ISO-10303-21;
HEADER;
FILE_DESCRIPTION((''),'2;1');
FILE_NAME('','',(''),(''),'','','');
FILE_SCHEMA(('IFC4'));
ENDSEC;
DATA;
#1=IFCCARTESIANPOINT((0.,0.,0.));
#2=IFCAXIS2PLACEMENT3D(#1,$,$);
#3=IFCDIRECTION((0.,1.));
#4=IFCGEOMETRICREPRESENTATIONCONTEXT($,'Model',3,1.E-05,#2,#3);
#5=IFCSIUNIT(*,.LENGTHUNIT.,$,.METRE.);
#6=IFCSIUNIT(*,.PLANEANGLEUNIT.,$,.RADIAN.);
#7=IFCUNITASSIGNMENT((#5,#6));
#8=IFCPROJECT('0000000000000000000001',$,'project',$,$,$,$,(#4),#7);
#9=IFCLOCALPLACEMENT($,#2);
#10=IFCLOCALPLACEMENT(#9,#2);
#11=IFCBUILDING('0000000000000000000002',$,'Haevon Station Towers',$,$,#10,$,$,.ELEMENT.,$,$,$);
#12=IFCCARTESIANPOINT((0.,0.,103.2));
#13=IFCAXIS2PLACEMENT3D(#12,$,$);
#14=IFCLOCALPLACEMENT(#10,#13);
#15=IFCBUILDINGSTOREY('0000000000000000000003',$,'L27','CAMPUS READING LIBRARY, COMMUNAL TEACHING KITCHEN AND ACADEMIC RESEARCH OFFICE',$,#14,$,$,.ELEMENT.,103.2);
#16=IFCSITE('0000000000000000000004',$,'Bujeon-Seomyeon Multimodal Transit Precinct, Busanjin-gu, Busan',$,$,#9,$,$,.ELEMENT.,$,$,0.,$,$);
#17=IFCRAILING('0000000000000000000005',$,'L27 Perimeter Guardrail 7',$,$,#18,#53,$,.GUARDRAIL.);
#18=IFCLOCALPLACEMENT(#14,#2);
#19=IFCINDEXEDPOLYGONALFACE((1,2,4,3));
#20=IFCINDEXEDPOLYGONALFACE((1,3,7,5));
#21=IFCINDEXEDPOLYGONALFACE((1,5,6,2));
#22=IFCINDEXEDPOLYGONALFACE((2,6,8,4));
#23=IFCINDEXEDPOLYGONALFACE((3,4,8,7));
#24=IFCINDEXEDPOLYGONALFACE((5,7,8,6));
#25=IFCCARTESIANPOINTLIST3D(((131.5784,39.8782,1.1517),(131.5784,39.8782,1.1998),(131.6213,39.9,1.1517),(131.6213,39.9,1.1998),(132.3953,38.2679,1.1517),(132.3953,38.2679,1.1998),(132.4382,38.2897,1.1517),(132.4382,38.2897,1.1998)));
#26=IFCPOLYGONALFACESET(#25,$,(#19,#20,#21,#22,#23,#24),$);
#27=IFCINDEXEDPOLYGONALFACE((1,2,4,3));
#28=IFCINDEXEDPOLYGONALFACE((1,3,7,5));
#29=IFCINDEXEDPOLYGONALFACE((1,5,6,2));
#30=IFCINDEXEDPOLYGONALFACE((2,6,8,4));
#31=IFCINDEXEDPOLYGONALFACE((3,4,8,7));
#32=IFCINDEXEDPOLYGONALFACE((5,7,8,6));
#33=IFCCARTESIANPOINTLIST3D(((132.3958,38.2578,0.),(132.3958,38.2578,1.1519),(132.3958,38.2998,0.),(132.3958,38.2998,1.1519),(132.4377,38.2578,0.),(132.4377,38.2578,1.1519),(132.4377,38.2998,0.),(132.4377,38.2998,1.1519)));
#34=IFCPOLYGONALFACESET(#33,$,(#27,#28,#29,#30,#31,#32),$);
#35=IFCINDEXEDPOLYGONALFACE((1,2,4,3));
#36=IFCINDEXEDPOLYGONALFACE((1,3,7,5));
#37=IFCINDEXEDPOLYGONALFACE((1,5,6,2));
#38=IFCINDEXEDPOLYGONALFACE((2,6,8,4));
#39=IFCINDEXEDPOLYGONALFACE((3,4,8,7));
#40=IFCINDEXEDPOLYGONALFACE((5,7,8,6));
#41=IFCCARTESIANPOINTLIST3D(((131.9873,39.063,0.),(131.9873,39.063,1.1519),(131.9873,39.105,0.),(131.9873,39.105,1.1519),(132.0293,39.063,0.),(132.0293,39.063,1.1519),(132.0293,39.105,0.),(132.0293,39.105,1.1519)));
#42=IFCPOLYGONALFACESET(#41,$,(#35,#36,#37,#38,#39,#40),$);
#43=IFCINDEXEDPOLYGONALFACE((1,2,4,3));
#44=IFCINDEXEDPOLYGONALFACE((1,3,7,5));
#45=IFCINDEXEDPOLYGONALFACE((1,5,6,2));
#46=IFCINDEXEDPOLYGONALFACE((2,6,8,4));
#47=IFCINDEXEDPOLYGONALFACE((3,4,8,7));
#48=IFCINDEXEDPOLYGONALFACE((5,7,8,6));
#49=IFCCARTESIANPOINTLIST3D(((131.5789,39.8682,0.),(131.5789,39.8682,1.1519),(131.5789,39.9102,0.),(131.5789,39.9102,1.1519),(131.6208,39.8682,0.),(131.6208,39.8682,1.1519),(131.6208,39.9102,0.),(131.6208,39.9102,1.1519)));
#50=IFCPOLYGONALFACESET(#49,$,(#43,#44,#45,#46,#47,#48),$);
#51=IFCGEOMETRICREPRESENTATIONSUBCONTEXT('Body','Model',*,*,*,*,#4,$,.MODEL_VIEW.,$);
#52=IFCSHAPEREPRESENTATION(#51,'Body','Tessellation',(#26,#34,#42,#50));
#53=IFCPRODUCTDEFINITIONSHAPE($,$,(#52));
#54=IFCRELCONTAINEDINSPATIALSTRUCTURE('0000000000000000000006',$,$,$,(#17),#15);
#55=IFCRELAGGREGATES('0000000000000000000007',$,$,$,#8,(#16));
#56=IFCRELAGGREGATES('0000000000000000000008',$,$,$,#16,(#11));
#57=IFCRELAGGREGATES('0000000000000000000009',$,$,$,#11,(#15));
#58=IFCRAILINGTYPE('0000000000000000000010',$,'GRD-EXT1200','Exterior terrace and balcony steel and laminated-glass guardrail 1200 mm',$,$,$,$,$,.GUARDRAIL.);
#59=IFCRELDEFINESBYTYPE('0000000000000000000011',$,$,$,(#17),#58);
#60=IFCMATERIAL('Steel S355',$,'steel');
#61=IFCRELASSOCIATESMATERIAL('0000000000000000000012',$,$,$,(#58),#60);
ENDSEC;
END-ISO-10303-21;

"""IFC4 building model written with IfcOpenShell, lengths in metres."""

from ifc_helpers import new_model, si_unit, direction, frame, origin, origin_2d, place, context, subcontext, project, spatial, rectangle, extrude, material, type_object, element, save


model = new_model("IFC4")

# Units and contexts
model_context = context("Model", 3, precision=1e-05, world=origin(), true_north=direction((0.0, 1.0)))
body_context = subcontext(model_context, "Body", "Model", "MODEL_VIEW")
ifc_project = project(units=[si_unit("LENGTHUNIT", "METRE"), si_unit("PLANEANGLEUNIT", "RADIAN")], contexts=[model_context])

# Site, building, storey
site_placement = place(None, origin())
site = spatial("IfcSite", under=ifc_project, at=site_placement, Name="Bujeon-Seomyeon Multimodal Transit Precinct, Busanjin-gu, Busan", CompositionType="ELEMENT", RefElevation=0.0)
building_placement = place(site_placement, origin())
building = spatial("IfcBuilding", under=site, at=building_placement, Name="Haevon Station Towers", CompositionType="ELEMENT")
storey_placement = place(building_placement, frame((0.0, 0.0, 103.2)))
storey = spatial("IfcBuildingStorey", under=building, at=storey_placement, Name="L27", Description="CAMPUS READING LIBRARY, COMMUNAL TEACHING KITCHEN AND ACADEMIC RESEARCH OFFICE", CompositionType="ELEMENT", Elevation=103.2)

# Shared definitions
ifc_material_1 = material(Name="Steel S355", Category="steel")

# Railing
railing_type = type_object("IfcRailingType", Name="GRD-EXT1200", Description="Exterior terrace and balcony steel and laminated-glass guardrail 1200 mm", PredefinedType="GUARDRAIL", material=ifc_material_1)
railing_1_placement = place(storey_placement, frame((132.4167, 38.2788, 0.0)))
element("IfcRailing", 1, at=railing_1_placement, inside=storey, type_object=railing_type, Name="L27 Perimeter Guardrail 7", PredefinedType="GUARDRAIL", context=body_context, shape_type="SweptSolid", body=[
    extrude(rectangle(XDim=0.0481, YDim=0.0481, at=origin_2d()), frame((0.0, 0.0, 1.1758), z_axis=(-0.452398, 0.891816, 0.0), x_axis=(-0.891816, -0.452398, 0.0)), (0.0, 0.0, 1.0), 1.8057),
    extrude(rectangle(XDim=0.042, YDim=0.042, at=origin_2d()), origin(), (0.0, 0.0, 1.0), 1.1519),
    extrude(rectangle(XDim=0.042, YDim=0.042, at=origin_2d()), frame((-0.4084, 0.8052, 0.0)), (0.0, 0.0, 1.0), 1.1519),
    extrude(rectangle(XDim=0.042, YDim=0.042, at=origin_2d()), frame((-0.8169, 1.6104, 0.0)), (0.0, 0.0, 1.0), 1.1519),
])

save(model, "model.ifc")
